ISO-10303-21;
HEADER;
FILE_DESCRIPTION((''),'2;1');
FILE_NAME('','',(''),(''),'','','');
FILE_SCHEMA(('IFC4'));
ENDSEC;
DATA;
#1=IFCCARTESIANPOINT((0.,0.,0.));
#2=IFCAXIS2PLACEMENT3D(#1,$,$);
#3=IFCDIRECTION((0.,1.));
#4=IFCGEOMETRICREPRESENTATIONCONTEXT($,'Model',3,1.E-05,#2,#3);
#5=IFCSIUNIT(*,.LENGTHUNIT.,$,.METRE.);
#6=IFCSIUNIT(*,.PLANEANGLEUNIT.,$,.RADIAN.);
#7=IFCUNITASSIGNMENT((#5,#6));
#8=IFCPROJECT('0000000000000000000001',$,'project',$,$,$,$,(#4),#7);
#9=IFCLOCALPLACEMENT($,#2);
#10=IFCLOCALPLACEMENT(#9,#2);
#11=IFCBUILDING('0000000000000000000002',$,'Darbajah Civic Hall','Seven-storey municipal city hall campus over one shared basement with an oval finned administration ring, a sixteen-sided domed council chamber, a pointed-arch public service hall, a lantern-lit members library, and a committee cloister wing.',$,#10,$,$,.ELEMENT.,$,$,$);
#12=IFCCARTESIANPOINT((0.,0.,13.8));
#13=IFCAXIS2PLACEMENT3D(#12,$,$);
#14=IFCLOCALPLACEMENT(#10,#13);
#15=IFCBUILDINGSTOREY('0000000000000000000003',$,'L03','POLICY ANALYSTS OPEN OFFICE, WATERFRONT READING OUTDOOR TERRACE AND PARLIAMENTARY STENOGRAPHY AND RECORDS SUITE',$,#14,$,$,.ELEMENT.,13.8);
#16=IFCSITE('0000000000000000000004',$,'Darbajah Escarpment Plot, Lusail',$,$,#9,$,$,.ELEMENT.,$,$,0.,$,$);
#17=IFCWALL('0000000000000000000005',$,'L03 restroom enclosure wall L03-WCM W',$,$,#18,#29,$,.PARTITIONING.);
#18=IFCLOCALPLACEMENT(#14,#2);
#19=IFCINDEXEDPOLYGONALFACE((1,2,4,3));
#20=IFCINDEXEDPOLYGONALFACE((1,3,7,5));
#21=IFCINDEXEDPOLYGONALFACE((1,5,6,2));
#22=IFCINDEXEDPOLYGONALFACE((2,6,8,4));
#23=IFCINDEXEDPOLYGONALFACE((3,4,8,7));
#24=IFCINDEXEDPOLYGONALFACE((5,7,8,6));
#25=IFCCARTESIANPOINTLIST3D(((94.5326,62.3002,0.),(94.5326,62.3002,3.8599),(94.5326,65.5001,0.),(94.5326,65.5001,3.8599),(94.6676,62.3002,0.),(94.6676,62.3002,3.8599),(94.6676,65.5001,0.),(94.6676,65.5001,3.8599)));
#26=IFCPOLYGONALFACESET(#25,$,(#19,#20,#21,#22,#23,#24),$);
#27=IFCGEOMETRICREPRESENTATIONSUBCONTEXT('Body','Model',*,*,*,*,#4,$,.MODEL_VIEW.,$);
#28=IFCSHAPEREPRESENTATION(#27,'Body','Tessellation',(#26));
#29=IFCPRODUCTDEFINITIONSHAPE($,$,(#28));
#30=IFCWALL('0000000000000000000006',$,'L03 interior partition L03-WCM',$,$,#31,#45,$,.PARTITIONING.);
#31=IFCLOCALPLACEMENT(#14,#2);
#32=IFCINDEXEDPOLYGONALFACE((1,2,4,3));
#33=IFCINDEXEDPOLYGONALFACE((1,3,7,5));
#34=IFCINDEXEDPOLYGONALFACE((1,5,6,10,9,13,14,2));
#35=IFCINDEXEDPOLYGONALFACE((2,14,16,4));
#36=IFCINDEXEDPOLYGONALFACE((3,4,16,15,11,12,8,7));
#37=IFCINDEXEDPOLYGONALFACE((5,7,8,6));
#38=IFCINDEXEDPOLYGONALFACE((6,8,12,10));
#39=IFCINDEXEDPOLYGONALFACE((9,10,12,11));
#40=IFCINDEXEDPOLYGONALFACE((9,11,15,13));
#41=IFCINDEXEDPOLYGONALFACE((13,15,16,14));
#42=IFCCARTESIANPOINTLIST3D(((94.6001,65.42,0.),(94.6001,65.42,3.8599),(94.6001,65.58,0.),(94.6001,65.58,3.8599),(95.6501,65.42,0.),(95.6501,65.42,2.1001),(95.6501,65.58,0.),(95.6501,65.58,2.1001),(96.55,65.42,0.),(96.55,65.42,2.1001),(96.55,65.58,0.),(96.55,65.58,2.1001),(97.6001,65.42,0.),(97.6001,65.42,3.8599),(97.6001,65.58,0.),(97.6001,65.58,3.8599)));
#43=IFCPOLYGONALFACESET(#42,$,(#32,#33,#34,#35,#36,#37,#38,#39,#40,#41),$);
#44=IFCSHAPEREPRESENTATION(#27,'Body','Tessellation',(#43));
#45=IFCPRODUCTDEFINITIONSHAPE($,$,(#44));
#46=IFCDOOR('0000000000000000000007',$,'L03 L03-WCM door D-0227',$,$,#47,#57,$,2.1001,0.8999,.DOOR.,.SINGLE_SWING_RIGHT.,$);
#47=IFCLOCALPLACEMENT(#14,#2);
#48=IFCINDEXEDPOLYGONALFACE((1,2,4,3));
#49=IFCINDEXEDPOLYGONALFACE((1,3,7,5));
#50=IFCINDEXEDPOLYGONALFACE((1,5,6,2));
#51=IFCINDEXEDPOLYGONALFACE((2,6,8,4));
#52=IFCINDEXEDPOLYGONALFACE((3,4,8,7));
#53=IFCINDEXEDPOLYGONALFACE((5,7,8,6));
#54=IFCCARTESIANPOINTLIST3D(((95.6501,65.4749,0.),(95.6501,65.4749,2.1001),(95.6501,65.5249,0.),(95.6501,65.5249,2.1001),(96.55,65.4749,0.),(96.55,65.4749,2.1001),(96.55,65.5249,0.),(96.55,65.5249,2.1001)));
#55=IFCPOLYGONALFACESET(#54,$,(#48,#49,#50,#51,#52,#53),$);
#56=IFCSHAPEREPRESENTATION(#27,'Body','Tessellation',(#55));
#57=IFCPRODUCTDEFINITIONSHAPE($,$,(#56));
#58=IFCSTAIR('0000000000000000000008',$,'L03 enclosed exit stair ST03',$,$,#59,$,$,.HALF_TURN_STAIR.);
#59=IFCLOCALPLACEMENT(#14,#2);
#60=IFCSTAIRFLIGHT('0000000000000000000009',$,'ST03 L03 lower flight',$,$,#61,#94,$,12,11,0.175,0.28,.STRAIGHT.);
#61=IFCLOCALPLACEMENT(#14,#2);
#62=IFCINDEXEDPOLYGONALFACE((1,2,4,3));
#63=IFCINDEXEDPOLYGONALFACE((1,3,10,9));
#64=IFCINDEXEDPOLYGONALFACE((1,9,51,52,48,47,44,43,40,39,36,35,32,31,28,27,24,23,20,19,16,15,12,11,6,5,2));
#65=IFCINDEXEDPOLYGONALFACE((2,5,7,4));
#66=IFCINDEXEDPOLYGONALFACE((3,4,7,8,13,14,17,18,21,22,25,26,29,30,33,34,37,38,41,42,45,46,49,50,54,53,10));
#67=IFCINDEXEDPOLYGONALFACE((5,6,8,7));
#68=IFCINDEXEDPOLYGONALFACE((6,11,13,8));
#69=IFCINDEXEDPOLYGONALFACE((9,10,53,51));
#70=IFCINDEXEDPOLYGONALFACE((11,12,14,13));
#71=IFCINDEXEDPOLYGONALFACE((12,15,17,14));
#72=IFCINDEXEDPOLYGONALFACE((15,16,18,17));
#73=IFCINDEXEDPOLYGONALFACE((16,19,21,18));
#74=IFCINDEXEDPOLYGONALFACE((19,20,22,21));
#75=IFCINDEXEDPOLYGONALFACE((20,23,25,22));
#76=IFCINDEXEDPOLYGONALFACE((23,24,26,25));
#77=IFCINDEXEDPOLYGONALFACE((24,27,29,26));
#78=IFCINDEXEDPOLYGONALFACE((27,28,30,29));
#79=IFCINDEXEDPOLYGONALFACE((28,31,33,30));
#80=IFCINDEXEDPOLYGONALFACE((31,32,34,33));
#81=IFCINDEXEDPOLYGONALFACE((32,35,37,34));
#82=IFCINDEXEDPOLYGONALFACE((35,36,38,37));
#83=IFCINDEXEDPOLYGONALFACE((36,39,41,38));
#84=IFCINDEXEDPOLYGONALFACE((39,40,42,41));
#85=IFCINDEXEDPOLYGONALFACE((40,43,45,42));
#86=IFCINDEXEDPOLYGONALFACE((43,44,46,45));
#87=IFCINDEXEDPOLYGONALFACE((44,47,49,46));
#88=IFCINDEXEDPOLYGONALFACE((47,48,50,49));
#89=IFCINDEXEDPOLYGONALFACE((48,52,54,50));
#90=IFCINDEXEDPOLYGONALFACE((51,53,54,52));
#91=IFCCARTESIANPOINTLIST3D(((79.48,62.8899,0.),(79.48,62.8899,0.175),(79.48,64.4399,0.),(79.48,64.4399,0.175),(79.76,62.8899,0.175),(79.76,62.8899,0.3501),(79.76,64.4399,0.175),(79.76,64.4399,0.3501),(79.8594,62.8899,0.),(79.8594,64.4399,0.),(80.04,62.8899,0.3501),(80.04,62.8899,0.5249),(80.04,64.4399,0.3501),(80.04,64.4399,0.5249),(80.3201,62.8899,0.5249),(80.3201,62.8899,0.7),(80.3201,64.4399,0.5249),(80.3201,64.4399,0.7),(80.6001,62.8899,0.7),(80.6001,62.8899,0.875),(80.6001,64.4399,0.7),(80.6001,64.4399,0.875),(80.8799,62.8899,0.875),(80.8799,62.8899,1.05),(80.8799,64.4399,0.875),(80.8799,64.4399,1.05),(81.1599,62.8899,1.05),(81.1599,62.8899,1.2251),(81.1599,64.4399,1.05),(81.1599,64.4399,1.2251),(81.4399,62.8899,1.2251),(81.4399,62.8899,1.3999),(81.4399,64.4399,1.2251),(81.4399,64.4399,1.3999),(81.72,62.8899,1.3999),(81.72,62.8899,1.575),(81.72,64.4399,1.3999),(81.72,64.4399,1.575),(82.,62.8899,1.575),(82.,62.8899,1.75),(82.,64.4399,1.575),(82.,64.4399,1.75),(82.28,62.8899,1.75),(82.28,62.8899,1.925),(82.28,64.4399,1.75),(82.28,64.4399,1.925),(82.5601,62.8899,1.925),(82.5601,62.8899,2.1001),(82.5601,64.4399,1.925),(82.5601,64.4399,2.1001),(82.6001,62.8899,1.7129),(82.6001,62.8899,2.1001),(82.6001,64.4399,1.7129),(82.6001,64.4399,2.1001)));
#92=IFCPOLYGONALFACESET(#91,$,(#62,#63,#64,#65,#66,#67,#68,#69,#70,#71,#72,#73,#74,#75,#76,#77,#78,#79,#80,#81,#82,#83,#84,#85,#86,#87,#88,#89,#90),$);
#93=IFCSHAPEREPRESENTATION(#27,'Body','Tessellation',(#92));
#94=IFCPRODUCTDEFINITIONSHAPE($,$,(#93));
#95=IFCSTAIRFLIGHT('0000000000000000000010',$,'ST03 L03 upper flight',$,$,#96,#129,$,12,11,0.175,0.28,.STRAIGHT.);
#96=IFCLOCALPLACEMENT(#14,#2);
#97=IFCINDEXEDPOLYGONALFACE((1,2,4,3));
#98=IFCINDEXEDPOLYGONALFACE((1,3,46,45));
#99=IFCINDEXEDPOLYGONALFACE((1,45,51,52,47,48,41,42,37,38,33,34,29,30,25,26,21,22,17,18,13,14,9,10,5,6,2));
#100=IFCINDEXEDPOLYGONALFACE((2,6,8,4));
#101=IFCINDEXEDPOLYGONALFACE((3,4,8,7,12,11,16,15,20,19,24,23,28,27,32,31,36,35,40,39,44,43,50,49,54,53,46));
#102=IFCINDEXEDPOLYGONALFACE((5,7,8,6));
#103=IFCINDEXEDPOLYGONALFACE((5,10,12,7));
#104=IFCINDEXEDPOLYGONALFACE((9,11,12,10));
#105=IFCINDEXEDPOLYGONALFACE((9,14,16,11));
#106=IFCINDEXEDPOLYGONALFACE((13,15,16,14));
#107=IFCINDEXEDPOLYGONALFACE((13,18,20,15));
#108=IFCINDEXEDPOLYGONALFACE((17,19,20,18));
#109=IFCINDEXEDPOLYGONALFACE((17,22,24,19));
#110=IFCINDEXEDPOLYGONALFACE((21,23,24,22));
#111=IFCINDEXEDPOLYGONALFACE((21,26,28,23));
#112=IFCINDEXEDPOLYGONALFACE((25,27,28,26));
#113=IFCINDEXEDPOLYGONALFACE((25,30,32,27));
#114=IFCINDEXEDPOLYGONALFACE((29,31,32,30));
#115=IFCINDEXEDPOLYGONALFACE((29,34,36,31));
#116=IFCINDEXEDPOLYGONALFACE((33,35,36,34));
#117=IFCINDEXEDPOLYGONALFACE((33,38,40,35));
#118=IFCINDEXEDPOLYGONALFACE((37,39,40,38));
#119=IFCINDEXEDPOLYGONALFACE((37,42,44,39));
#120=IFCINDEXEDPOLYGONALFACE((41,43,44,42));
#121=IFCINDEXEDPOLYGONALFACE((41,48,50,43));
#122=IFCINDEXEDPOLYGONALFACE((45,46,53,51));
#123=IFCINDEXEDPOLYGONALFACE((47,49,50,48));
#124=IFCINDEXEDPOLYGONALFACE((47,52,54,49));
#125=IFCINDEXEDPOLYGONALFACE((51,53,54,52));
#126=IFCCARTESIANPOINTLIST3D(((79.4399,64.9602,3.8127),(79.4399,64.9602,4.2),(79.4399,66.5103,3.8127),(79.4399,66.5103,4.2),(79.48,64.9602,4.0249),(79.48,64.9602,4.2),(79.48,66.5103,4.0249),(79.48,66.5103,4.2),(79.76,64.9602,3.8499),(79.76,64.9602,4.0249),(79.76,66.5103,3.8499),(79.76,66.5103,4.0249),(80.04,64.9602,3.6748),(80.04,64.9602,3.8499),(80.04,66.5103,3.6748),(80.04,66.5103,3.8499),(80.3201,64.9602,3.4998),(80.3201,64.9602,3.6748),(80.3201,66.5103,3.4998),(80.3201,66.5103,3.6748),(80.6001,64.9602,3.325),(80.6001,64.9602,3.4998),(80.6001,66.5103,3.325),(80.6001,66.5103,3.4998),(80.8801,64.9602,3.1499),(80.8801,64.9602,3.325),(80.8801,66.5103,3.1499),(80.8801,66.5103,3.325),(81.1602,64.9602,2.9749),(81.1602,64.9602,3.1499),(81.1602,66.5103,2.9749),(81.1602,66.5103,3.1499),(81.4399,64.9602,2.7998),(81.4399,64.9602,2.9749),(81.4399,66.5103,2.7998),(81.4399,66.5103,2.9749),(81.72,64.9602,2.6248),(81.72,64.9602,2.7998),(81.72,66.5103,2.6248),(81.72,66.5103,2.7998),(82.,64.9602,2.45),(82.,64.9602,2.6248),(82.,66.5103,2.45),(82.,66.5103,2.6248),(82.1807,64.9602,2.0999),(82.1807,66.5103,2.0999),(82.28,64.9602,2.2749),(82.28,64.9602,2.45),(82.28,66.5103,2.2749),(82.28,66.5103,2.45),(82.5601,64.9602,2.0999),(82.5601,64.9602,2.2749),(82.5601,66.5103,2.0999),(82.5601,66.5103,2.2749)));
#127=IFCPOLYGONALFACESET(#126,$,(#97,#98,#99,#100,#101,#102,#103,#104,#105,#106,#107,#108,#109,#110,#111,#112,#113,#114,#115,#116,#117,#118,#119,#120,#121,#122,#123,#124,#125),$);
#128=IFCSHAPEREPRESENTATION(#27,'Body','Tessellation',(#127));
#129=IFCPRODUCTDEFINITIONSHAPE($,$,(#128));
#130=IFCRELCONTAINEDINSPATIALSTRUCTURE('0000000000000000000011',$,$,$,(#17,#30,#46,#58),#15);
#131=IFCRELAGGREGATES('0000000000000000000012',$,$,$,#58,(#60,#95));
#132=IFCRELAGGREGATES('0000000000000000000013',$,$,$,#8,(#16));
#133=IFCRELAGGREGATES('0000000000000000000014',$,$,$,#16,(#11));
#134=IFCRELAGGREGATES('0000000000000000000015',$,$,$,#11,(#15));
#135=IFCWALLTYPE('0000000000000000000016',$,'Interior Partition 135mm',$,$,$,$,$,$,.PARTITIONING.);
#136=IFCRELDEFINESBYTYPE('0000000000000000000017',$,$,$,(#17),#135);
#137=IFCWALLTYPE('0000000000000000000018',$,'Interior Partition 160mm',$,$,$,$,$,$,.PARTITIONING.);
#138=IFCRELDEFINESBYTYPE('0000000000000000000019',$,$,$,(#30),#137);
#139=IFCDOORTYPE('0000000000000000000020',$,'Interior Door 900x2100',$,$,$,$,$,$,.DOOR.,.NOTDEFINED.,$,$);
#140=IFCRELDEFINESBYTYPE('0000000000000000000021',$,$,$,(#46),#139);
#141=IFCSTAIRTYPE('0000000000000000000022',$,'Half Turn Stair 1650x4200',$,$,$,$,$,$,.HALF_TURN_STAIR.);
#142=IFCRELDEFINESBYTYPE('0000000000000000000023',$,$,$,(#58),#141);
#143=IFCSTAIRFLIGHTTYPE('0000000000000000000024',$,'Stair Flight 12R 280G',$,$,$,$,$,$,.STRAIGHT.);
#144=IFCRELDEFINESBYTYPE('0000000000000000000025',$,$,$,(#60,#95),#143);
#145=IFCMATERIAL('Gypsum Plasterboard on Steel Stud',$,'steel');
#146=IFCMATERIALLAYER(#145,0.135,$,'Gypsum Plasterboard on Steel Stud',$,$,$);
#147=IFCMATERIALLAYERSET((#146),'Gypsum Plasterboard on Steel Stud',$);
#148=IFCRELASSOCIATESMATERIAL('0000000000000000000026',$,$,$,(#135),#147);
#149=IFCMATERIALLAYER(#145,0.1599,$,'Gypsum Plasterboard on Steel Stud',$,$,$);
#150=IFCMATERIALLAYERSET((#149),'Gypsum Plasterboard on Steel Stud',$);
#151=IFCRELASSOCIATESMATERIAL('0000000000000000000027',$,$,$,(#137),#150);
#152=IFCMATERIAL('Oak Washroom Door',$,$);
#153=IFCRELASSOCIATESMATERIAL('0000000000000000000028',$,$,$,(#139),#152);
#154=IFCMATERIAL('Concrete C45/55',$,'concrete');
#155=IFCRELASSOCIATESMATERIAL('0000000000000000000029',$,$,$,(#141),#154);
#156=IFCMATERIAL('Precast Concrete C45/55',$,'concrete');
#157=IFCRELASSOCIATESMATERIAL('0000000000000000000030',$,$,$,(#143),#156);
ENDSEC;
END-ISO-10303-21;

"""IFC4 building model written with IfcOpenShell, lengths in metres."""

from ifc_helpers import new_model, si_unit, direction, frame, frame_2d, origin, place, context, subcontext, project, spatial, polyline, rectangle, outline, extrude, material, layer, layer_set, type_object, element, fill, aggregate, save


model = new_model("IFC4")

# Units and contexts
model_context = context("Model", 3, precision=1e-05, world=origin(), true_north=direction((0.0, 1.0)))
body_context = subcontext(model_context, "Body", "Model", "MODEL_VIEW")
ifc_project = project(units=[si_unit("LENGTHUNIT", "METRE"), si_unit("PLANEANGLEUNIT", "RADIAN")], contexts=[model_context])

# Site, building, storey
site_placement = place(None, origin())
site = spatial("IfcSite", under=ifc_project, at=site_placement, Name="Darbajah Escarpment Plot, Lusail", CompositionType="ELEMENT", RefElevation=0.0)
building_placement = place(site_placement, origin())
building = spatial("IfcBuilding", under=site, at=building_placement, Name="Darbajah Civic Hall", Description="Seven-storey municipal city hall campus over one shared basement with an oval finned administration ring, a sixteen-sided domed council chamber, a pointed-arch public service hall, a lantern-lit members library, and a committee cloister wing.", CompositionType="ELEMENT")
storey_placement = place(building_placement, frame((0.0, 0.0, 13.8)))
storey = spatial("IfcBuildingStorey", under=building, at=storey_placement, Name="L03", Description="POLICY ANALYSTS OPEN OFFICE, WATERFRONT READING OUTDOOR TERRACE AND PARLIAMENTARY STENOGRAPHY AND RECORDS SUITE", CompositionType="ELEMENT", Elevation=13.8)

# Shared definitions
ifc_material_1 = material(Name="Concrete C45/55", Category="concrete")

# Wall
ifc_material_2 = material(Name="Gypsum Plasterboard on Steel Stud", Category="steel")
ifc_layer_1 = layer(ifc_material_2, 0.135, Name="Gypsum Plasterboard on Steel Stud")
ifc_layer_set_1 = layer_set([ifc_layer_1], Name="Gypsum Plasterboard on Steel Stud")
wall_type_1 = type_object("IfcWallType", Name="Interior Partition 135mm", PredefinedType="PARTITIONING", material=ifc_layer_set_1)
wall_1_placement = place(storey_placement, frame((94.6001, 62.3, 0.0), z_axis=(0.0, 0.0, 1.0), x_axis=(0.0, 1.0, 0.0)))
element("IfcWall", 1, at=wall_1_placement, inside=storey, type_object=wall_type_1, Name="L03 restroom enclosure wall L03-WCM W", PredefinedType="PARTITIONING", context=body_context, shape_type="SweptSolid", body=[
    extrude(rectangle(XDim=3.2, YDim=0.135, at=frame_2d((1.6001, 0.0))), origin(), (0.0, 0.0, 1.0), 3.8599),
])

# Wall, opening, door
ifc_layer_2 = layer(ifc_material_2, 0.1599, Name="Gypsum Plasterboard on Steel Stud")
ifc_layer_set_2 = layer_set([ifc_layer_2], Name="Gypsum Plasterboard on Steel Stud")
wall_type_2 = type_object("IfcWallType", Name="Interior Partition 160mm", PredefinedType="PARTITIONING", material=ifc_layer_set_2)
wall_2_placement = place(storey_placement, frame((94.6001, 65.5, 0.0), z_axis=(0.0, 0.0, 1.0), x_axis=(1.0, 0.0, 0.0)))
wall_2 = element("IfcWall", 2, at=wall_2_placement, inside=storey, type_object=wall_type_2, Name="L03 interior partition L03-WCM", PredefinedType="PARTITIONING", context=body_context, shape_type="SweptSolid", body=[
    extrude(rectangle(XDim=3.0, YDim=0.1599, at=frame_2d((1.5, 0.0))), origin(), (0.0, 0.0, 1.0), 3.8599),
])
opening_1_placement = place(wall_2_placement, frame((1.05, 0.0, 0.0)))
opening_1 = element("IfcOpeningElement", 3, at=opening_1_placement, cuts=wall_2, PredefinedType="OPENING", context=body_context, shape_type="SweptSolid", body=[
    extrude(rectangle(XDim=0.8999, YDim=2.1001, at=frame_2d((0.45, 1.05))), frame((0.0, 0.0898, 0.0), z_axis=(0.0, -1.0, 0.0), x_axis=(1.0, 0.0, 0.0)), (0.0, 0.0, 1.0), 0.1799),
])
ifc_material_3 = material(Name="Oak Washroom Door")
door_type_1 = type_object("IfcDoorType", Name="Interior Door 900x2100", OperationType="NOTDEFINED", PredefinedType="DOOR", material=ifc_material_3)
door_1_placement = place(opening_1_placement, origin())
door_1 = element("IfcDoor", 4, at=door_1_placement, inside=storey, type_object=door_type_1, Name="L03 L03-WCM door D-0227", OperationType="SINGLE_SWING_RIGHT", OverallHeight=2.1001, OverallWidth=0.8999, PredefinedType="DOOR", context=body_context, shape_type="SweptSolid", body=[
    extrude(rectangle(XDim=0.8999, YDim=2.1001, at=frame_2d((0.45, 1.05))), frame((0.0, 0.0249, 0.0), z_axis=(0.0, -1.0, 0.0), x_axis=(1.0, 0.0, 0.0)), (0.0, 0.0, 1.0), 0.05),
])
fill(opening_1, door_1)

# Stair, stair flights
stair_type = type_object("IfcStairType", Name="Half Turn Stair 1650x4200", PredefinedType="HALF_TURN_STAIR", material=ifc_material_1)
stair_placement = place(storey_placement, origin())
stair = element("IfcStair", 5, at=stair_placement, inside=storey, type_object=stair_type, Name="L03 enclosed exit stair ST03", PredefinedType="HALF_TURN_STAIR")
ifc_material_4 = material(Name="Precast Concrete C45/55", Category="concrete")
stair_flight_type = type_object("IfcStairFlightType", Name="Stair Flight 12R 280G", PredefinedType="STRAIGHT", material=ifc_material_4)
stair_flight_1_placement = place(storey_placement, frame((79.48, 63.665, 0.0), z_axis=(0.0, 0.0, 1.0), x_axis=(1.0, 0.0, 0.0)))
stair_flight_1 = element("IfcStairFlight", 6, at=stair_flight_1_placement, type_object=stair_flight_type, Name="ST03 L03 lower flight", NumberOfRisers=12, NumberOfTreads=11, PredefinedType="STRAIGHT", RiserHeight=0.175, TreadLength=0.28, context=body_context, shape_type="SweptSolid", body=[
    extrude(outline(polyline([(0.0, 0.0), (0.0, 0.175), (0.28, 0.175), (0.28, 0.3501), (0.5601, 0.3501), (0.5601, 0.5249), (0.8401, 0.5249), (0.8401, 0.7), (1.1201, 0.7), (1.1201, 0.875), (1.3999, 0.875), (1.3999, 1.05), (1.6799, 1.05), (1.6799, 1.2251), (1.96, 1.2251), (1.96, 1.3999), (2.24, 1.3999), (2.24, 1.575), (2.52, 1.575), (2.52, 1.75), (2.8, 1.75), (2.8, 1.925), (3.0801, 1.925), (3.0801, 2.1001), (3.1201, 2.1001), (3.1201, 1.7129), (0.3794, 0.0), (0.0, 0.0)])), frame((0.0, 0.7749, 0.0), z_axis=(0.0, -1.0, 0.0), x_axis=(1.0, 0.0, 0.0)), (0.0, 0.0, 1.0), 1.55),
])
stair_flight_2_placement = place(storey_placement, frame((82.5601, 65.7351, 2.0999), z_axis=(0.0, 0.0, 1.0), x_axis=(-1.0, 0.0, 0.0)))
stair_flight_2 = element("IfcStairFlight", 7, at=stair_flight_2_placement, type_object=stair_flight_type, Name="ST03 L03 upper flight", NumberOfRisers=12, NumberOfTreads=11, PredefinedType="STRAIGHT", RiserHeight=0.175, TreadLength=0.28, context=body_context, shape_type="SweptSolid", body=[
    extrude(outline(polyline([(0.0, 0.0), (0.0, 0.175), (0.28, 0.175), (0.28, 0.3501), (0.5601, 0.3501), (0.5601, 0.5249), (0.8401, 0.5249), (0.8401, 0.7), (1.1201, 0.7), (1.1201, 0.875), (1.3999, 0.875), (1.3999, 1.05), (1.6799, 1.05), (1.6799, 1.2251), (1.96, 1.2251), (1.96, 1.3999), (2.24, 1.3999), (2.24, 1.575), (2.52, 1.575), (2.52, 1.75), (2.8, 1.75), (2.8, 1.925), (3.0801, 1.925), (3.0801, 2.1001), (3.1201, 2.1001), (3.1201, 1.7129), (0.3794, 0.0), (0.0, 0.0)])), frame((0.0, 0.7749, 0.0), z_axis=(0.0, -1.0, 0.0), x_axis=(1.0, 0.0, 0.0)), (0.0, 0.0, 1.0), 1.55),
])
aggregate(stair, [stair_flight_1, stair_flight_2])

save(model, "model.ifc")
